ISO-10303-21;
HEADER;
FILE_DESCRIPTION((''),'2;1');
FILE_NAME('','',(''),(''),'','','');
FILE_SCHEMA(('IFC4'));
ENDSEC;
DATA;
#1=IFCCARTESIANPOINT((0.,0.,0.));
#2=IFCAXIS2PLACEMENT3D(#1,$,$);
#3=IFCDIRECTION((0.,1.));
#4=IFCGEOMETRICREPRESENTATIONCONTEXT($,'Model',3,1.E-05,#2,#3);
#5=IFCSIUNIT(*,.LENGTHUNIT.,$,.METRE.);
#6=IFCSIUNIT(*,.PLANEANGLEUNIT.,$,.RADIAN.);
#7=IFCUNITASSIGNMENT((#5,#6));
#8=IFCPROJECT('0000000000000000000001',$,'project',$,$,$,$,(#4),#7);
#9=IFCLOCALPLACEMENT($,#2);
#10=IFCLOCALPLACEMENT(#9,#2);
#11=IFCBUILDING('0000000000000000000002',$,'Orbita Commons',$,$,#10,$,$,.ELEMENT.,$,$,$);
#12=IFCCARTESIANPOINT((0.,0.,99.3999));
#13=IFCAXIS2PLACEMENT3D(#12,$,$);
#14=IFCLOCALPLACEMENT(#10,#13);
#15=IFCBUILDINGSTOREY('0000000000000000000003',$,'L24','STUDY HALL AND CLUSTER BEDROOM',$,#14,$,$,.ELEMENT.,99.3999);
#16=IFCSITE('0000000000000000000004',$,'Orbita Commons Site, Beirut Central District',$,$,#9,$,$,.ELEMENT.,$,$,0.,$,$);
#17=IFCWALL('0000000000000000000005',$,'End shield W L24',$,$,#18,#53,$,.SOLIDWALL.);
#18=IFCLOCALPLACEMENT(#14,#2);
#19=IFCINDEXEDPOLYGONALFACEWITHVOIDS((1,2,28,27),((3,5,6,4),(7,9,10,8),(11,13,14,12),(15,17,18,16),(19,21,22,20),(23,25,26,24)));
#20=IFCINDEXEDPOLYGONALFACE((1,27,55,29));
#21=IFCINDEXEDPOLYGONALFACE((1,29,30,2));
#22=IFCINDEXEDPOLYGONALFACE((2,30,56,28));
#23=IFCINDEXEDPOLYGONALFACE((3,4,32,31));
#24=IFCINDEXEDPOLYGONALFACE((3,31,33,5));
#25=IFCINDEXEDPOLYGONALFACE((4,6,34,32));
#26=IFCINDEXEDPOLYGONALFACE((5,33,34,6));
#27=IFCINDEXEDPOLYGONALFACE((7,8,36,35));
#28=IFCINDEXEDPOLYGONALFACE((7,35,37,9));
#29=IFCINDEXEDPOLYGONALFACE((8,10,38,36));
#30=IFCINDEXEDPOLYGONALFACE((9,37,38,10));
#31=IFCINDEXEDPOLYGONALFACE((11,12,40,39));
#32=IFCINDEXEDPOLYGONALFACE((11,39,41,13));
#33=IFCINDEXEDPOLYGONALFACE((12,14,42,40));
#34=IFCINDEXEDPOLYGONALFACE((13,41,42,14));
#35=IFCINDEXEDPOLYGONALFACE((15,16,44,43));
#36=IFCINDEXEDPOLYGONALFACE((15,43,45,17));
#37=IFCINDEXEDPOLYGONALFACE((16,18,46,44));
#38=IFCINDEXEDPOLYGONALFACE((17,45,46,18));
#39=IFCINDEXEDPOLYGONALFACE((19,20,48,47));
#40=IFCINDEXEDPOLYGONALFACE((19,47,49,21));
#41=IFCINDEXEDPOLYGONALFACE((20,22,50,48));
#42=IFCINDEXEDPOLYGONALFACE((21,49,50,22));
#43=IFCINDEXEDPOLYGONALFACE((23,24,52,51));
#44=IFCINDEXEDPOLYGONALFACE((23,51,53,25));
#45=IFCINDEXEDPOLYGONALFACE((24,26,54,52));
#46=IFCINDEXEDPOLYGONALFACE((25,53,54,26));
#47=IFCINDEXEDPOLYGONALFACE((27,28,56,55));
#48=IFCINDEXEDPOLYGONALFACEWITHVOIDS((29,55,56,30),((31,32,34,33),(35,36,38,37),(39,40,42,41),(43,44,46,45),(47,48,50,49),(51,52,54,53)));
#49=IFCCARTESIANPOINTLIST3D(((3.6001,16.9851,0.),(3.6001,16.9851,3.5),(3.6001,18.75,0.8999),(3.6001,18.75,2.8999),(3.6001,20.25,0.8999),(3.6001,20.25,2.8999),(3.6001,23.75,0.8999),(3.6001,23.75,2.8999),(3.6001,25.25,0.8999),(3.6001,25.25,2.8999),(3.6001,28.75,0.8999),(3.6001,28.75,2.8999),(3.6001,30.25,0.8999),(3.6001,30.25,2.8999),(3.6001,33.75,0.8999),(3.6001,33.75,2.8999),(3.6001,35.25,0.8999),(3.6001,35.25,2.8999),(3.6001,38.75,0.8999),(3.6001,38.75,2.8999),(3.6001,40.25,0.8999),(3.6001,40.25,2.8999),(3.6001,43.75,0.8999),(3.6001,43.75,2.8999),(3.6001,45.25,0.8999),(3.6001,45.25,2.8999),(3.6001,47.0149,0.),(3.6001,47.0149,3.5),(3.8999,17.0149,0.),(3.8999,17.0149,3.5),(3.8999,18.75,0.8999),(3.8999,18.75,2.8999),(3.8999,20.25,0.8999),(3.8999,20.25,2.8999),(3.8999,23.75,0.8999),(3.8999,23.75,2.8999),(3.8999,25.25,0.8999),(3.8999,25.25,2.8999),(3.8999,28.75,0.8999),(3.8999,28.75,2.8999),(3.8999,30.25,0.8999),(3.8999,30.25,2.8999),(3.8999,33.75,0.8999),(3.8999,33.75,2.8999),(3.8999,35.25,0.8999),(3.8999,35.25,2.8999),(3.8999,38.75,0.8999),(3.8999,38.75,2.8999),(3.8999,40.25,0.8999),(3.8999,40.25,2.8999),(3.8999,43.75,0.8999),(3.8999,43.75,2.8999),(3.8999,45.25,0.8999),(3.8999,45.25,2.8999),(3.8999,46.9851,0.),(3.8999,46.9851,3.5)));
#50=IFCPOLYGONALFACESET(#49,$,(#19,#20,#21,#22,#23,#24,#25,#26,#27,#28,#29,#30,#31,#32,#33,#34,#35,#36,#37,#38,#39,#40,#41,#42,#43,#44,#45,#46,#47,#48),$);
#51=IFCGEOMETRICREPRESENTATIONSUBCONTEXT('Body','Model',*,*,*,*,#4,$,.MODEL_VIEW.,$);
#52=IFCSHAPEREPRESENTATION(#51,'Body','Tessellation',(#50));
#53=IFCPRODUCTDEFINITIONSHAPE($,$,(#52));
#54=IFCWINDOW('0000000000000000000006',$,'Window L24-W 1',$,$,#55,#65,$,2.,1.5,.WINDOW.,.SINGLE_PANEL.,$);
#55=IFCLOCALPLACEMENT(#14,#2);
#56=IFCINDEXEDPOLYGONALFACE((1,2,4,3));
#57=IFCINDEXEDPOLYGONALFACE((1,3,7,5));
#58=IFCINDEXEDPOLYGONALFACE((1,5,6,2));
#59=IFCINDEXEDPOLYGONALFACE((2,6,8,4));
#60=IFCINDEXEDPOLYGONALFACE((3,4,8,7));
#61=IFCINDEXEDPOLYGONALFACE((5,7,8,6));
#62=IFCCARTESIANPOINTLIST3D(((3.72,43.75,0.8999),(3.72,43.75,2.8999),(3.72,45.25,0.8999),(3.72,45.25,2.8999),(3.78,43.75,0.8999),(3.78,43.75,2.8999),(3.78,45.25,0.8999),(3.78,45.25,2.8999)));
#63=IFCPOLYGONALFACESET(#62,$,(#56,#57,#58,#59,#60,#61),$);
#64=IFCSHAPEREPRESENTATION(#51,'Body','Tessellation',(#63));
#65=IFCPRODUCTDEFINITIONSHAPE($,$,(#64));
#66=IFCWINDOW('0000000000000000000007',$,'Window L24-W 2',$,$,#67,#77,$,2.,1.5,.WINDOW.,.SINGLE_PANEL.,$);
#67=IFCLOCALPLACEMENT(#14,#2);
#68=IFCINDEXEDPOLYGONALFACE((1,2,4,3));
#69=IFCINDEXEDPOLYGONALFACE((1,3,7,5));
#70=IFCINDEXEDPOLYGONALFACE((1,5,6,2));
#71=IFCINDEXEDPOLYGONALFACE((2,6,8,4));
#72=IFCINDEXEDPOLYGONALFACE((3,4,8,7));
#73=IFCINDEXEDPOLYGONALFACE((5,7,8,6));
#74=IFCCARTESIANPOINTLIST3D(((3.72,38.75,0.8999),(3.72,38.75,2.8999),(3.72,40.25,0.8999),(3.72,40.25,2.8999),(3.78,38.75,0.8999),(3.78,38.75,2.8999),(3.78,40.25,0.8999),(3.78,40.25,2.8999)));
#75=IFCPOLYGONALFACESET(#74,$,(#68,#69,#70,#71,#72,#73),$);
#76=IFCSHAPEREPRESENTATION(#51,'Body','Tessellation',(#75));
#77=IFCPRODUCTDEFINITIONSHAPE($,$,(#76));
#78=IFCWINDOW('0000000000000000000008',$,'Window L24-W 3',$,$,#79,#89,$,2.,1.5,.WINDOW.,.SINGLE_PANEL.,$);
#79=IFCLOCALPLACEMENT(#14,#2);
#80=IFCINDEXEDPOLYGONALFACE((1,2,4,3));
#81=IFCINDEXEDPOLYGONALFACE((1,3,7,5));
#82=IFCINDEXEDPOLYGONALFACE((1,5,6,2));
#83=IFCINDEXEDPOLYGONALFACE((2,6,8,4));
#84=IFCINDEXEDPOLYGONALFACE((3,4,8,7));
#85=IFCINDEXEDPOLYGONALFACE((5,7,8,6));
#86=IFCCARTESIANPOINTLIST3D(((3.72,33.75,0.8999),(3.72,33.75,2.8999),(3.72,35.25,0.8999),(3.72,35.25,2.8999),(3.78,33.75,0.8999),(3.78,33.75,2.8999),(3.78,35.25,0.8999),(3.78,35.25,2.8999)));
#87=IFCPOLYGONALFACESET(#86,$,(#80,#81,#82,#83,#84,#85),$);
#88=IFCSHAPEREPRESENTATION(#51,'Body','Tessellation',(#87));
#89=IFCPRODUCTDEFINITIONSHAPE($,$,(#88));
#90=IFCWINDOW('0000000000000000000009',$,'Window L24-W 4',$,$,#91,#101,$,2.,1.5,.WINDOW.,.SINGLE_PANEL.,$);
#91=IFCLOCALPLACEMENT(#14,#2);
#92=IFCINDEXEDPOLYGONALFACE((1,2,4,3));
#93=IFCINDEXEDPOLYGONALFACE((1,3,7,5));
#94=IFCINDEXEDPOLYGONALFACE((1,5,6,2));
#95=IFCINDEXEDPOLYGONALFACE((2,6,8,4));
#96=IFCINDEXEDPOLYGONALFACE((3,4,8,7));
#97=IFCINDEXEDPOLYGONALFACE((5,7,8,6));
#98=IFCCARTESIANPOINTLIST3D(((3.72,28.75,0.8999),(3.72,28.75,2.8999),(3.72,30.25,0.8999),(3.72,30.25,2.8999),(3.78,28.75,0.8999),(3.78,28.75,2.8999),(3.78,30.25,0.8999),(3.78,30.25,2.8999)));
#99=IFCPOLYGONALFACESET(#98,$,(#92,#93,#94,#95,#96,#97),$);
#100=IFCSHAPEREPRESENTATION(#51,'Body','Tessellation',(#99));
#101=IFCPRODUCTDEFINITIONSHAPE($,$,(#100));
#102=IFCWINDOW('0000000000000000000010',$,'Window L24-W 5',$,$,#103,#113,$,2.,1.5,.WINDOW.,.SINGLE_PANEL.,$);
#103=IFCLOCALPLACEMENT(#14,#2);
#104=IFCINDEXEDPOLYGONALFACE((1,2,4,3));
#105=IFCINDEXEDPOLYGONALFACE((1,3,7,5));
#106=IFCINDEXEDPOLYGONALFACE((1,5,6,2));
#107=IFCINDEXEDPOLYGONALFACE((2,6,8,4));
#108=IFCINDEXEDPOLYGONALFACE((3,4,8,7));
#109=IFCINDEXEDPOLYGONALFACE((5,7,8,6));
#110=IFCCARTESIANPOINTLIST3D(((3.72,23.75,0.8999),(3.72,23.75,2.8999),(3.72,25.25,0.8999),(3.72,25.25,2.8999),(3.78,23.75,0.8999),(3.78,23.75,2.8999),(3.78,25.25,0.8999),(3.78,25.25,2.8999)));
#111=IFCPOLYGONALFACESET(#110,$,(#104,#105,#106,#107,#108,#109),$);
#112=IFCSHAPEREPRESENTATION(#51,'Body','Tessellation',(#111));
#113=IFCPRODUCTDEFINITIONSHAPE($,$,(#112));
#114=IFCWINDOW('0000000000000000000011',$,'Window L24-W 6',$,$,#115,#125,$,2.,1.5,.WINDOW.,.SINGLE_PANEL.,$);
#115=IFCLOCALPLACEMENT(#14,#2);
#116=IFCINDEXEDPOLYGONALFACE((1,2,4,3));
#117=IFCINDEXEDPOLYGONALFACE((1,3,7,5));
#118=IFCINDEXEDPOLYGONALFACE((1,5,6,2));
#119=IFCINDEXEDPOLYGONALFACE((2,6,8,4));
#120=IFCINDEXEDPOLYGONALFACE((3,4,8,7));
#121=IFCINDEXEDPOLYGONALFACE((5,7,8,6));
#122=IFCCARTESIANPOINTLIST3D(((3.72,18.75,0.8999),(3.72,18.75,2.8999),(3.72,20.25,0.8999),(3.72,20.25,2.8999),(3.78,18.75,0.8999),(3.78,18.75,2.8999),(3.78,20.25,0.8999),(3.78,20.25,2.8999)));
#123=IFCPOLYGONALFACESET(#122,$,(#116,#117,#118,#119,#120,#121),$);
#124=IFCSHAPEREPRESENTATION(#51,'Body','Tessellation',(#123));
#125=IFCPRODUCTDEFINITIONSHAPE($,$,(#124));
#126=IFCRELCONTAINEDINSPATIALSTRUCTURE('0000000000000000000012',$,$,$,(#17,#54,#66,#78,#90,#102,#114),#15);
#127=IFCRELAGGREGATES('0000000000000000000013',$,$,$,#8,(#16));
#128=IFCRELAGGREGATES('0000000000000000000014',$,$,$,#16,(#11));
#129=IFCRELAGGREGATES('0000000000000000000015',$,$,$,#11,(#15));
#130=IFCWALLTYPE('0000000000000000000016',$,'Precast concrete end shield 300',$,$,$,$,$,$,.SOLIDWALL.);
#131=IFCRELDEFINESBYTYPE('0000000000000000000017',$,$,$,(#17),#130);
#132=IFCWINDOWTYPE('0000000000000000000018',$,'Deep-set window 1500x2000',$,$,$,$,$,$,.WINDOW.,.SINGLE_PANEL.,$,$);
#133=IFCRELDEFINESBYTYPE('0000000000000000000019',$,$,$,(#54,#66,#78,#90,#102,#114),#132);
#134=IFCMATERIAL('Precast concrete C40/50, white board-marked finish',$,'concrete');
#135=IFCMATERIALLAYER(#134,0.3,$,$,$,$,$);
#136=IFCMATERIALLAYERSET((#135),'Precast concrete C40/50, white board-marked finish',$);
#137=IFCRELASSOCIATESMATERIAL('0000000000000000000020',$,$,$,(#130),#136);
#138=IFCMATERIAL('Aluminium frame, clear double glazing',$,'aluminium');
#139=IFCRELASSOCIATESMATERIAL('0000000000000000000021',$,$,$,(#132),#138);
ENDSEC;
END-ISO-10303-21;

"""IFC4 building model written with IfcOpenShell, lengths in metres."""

from ifc_helpers import new_model, si_unit, direction, frame, frame_2d, origin, place, context, subcontext, project, spatial, polyline, rectangle, outline, extrude, material, layer, layer_set, type_object, element, fill, save


model = new_model("IFC4")

# Units and contexts
model_context = context("Model", 3, precision=1e-05, world=origin(), true_north=direction((0.0, 1.0)))
body_context = subcontext(model_context, "Body", "Model", "MODEL_VIEW")
ifc_project = project(units=[si_unit("LENGTHUNIT", "METRE"), si_unit("PLANEANGLEUNIT", "RADIAN")], contexts=[model_context])

# Site, building, storey
site_placement = place(None, origin())
site = spatial("IfcSite", under=ifc_project, at=site_placement, Name="Orbita Commons Site, Beirut Central District", CompositionType="ELEMENT", RefElevation=0.0)
building_placement = place(site_placement, origin())
building = spatial("IfcBuilding", under=site, at=building_placement, Name="Orbita Commons", CompositionType="ELEMENT")
storey_placement = place(building_placement, frame((0.0, 0.0, 99.3999)))
storey = spatial("IfcBuildingStorey", under=building, at=storey_placement, Name="L24", Description="STUDY HALL AND CLUSTER BEDROOM", CompositionType="ELEMENT", Elevation=99.3999)

# Wall, openings, windows
ifc_material_1 = material(Name="Precast concrete C40/50, white board-marked finish", Category="concrete")
ifc_layer_1 = layer(ifc_material_1, 0.3)
ifc_layer_set_1 = layer_set([ifc_layer_1], Name="Precast concrete C40/50, white board-marked finish")
wall_type_1 = type_object("IfcWallType", Name="Precast concrete end shield 300", PredefinedType="SOLIDWALL", material=ifc_layer_set_1)
wall_1_placement = place(storey_placement, frame((3.75, 47.0, 0.0), z_axis=(0.0, 0.0, 1.0), x_axis=(0.0, -1.0, 0.0)))
wall_1 = element("IfcWall", 1, at=wall_1_placement, inside=storey, type_object=wall_type_1, Name="End shield W L24", PredefinedType="SOLIDWALL", context=body_context, shape_type="SweptSolid", body=[
    extrude(outline(polyline([(-0.0149, -0.1499), (30.0149, -0.1499), (29.9851, 0.1499), (0.0149, 0.1499), (-0.0149, -0.1499)])), origin(), (0.0, 0.0, 1.0), 3.5),
])
opening_1_placement = place(wall_1_placement, frame((1.75, 0.0, 0.8999)))
opening_1 = element("IfcOpeningElement", 2, at=opening_1_placement, cuts=wall_1, PredefinedType="OPENING", context=body_context, shape_type="SweptSolid", body=[
    extrude(rectangle(XDim=1.5, YDim=2.0, at=frame_2d((0.75, 1.0))), frame((0.0, 0.1599, 0.0), z_axis=(0.0, -1.0, 0.0), x_axis=(1.0, 0.0, 0.0)), (0.0, 0.0, 1.0), 0.3201),
])
opening_2_placement = place(wall_1_placement, frame((6.75, 0.0, 0.8999)))
opening_2 = element("IfcOpeningElement", 3, at=opening_2_placement, cuts=wall_1, PredefinedType="OPENING", context=body_context, shape_type="SweptSolid", body=[
    extrude(rectangle(XDim=1.5, YDim=2.0, at=frame_2d((0.75, 1.0))), frame((0.0, 0.1599, 0.0), z_axis=(0.0, -1.0, 0.0), x_axis=(1.0, 0.0, 0.0)), (0.0, 0.0, 1.0), 0.3201),
])
opening_3_placement = place(wall_1_placement, frame((11.75, 0.0, 0.8999)))
opening_3 = element("IfcOpeningElement", 4, at=opening_3_placement, cuts=wall_1, PredefinedType="OPENING", context=body_context, shape_type="SweptSolid", body=[
    extrude(rectangle(XDim=1.5, YDim=2.0, at=frame_2d((0.75, 1.0))), frame((0.0, 0.1599, 0.0), z_axis=(0.0, -1.0, 0.0), x_axis=(1.0, 0.0, 0.0)), (0.0, 0.0, 1.0), 0.3201),
])
opening_4_placement = place(wall_1_placement, frame((16.75, 0.0, 0.8999)))
opening_4 = element("IfcOpeningElement", 5, at=opening_4_placement, cuts=wall_1, PredefinedType="OPENING", context=body_context, shape_type="SweptSolid", body=[
    extrude(rectangle(XDim=1.5, YDim=2.0, at=frame_2d((0.75, 1.0))), frame((0.0, 0.1599, 0.0), z_axis=(0.0, -1.0, 0.0), x_axis=(1.0, 0.0, 0.0)), (0.0, 0.0, 1.0), 0.3201),
])
opening_5_placement = place(wall_1_placement, frame((21.75, 0.0, 0.8999)))
opening_5 = element("IfcOpeningElement", 6, at=opening_5_placement, cuts=wall_1, PredefinedType="OPENING", context=body_context, shape_type="SweptSolid", body=[
    extrude(rectangle(XDim=1.5, YDim=2.0, at=frame_2d((0.75, 1.0))), frame((0.0, 0.1599, 0.0), z_axis=(0.0, -1.0, 0.0), x_axis=(1.0, 0.0, 0.0)), (0.0, 0.0, 1.0), 0.3201),
])
opening_6_placement = place(wall_1_placement, frame((26.75, 0.0, 0.8999)))
opening_6 = element("IfcOpeningElement", 7, at=opening_6_placement, cuts=wall_1, PredefinedType="OPENING", context=body_context, shape_type="SweptSolid", body=[
    extrude(rectangle(XDim=1.5, YDim=2.0, at=frame_2d((0.75, 1.0))), frame((0.0, 0.1599, 0.0), z_axis=(0.0, -1.0, 0.0), x_axis=(1.0, 0.0, 0.0)), (0.0, 0.0, 1.0), 0.3201),
])
ifc_material_2 = material(Name="Aluminium frame, clear double glazing", Category="aluminium")
window_type = type_object("IfcWindowType", Name="Deep-set window 1500x2000", PartitioningType="SINGLE_PANEL", PredefinedType="WINDOW", material=ifc_material_2)
window_1_placement = place(opening_1_placement, origin())
window_1 = element("IfcWindow", 8, at=window_1_placement, inside=storey, type_object=window_type, Name="Window L24-W 1", OverallHeight=2.0, OverallWidth=1.5, PartitioningType="SINGLE_PANEL", PredefinedType="WINDOW", context=body_context, shape_type="SweptSolid", body=[
    extrude(rectangle(XDim=1.5, YDim=2.0, at=frame_2d((0.75, 1.0))), frame((0.0, 0.03, 0.0), z_axis=(0.0, -1.0, 0.0), x_axis=(1.0, 0.0, 0.0)), (0.0, 0.0, 1.0), 0.0601),
])
fill(opening_1, window_1)
window_2_placement = place(opening_2_placement, origin())
window_2 = element("IfcWindow", 9, at=window_2_placement, inside=storey, type_object=window_type, Name="Window L24-W 2", OverallHeight=2.0, OverallWidth=1.5, PartitioningType="SINGLE_PANEL", PredefinedType="WINDOW", context=body_context, shape_type="SweptSolid", body=[
    extrude(rectangle(XDim=1.5, YDim=2.0, at=frame_2d((0.75, 1.0))), frame((0.0, 0.03, 0.0), z_axis=(0.0, -1.0, 0.0), x_axis=(1.0, 0.0, 0.0)), (0.0, 0.0, 1.0), 0.0601),
])
fill(opening_2, window_2)
window_3_placement = place(opening_3_placement, origin())
window_3 = element("IfcWindow", 10, at=window_3_placement, inside=storey, type_object=window_type, Name="Window L24-W 3", OverallHeight=2.0, OverallWidth=1.5, PartitioningType="SINGLE_PANEL", PredefinedType="WINDOW", context=body_context, shape_type="SweptSolid", body=[
    extrude(rectangle(XDim=1.5, YDim=2.0, at=frame_2d((0.75, 1.0))), frame((0.0, 0.03, 0.0), z_axis=(0.0, -1.0, 0.0), x_axis=(1.0, 0.0, 0.0)), (0.0, 0.0, 1.0), 0.0601),
])
fill(opening_3, window_3)
window_4_placement = place(opening_4_placement, origin())
window_4 = element("IfcWindow", 11, at=window_4_placement, inside=storey, type_object=window_type, Name="Window L24-W 4", OverallHeight=2.0, OverallWidth=1.5, PartitioningType="SINGLE_PANEL", PredefinedType="WINDOW", context=body_context, shape_type="SweptSolid", body=[
    extrude(rectangle(XDim=1.5, YDim=2.0, at=frame_2d((0.75, 1.0))), frame((0.0, 0.03, 0.0), z_axis=(0.0, -1.0, 0.0), x_axis=(1.0, 0.0, 0.0)), (0.0, 0.0, 1.0), 0.0601),
])
fill(opening_4, window_4)
window_5_placement = place(opening_5_placement, origin())
window_5 = element("IfcWindow", 12, at=window_5_placement, inside=storey, type_object=window_type, Name="Window L24-W 5", OverallHeight=2.0, OverallWidth=1.5, PartitioningType="SINGLE_PANEL", PredefinedType="WINDOW", context=body_context, shape_type="SweptSolid", body=[
    extrude(rectangle(XDim=1.5, YDim=2.0, at=frame_2d((0.75, 1.0))), frame((0.0, 0.03, 0.0), z_axis=(0.0, -1.0, 0.0), x_axis=(1.0, 0.0, 0.0)), (0.0, 0.0, 1.0), 0.0601),
])
fill(opening_5, window_5)
window_6_placement = place(opening_6_placement, origin())
window_6 = element("IfcWindow", 13, at=window_6_placement, inside=storey, type_object=window_type, Name="Window L24-W 6", OverallHeight=2.0, OverallWidth=1.5, PartitioningType="SINGLE_PANEL", PredefinedType="WINDOW", context=body_context, shape_type="SweptSolid", body=[
    extrude(rectangle(XDim=1.5, YDim=2.0, at=frame_2d((0.75, 1.0))), frame((0.0, 0.03, 0.0), z_axis=(0.0, -1.0, 0.0), x_axis=(1.0, 0.0, 0.0)), (0.0, 0.0, 1.0), 0.0601),
])
fill(opening_6, window_6)

save(model, "model.ifc")
